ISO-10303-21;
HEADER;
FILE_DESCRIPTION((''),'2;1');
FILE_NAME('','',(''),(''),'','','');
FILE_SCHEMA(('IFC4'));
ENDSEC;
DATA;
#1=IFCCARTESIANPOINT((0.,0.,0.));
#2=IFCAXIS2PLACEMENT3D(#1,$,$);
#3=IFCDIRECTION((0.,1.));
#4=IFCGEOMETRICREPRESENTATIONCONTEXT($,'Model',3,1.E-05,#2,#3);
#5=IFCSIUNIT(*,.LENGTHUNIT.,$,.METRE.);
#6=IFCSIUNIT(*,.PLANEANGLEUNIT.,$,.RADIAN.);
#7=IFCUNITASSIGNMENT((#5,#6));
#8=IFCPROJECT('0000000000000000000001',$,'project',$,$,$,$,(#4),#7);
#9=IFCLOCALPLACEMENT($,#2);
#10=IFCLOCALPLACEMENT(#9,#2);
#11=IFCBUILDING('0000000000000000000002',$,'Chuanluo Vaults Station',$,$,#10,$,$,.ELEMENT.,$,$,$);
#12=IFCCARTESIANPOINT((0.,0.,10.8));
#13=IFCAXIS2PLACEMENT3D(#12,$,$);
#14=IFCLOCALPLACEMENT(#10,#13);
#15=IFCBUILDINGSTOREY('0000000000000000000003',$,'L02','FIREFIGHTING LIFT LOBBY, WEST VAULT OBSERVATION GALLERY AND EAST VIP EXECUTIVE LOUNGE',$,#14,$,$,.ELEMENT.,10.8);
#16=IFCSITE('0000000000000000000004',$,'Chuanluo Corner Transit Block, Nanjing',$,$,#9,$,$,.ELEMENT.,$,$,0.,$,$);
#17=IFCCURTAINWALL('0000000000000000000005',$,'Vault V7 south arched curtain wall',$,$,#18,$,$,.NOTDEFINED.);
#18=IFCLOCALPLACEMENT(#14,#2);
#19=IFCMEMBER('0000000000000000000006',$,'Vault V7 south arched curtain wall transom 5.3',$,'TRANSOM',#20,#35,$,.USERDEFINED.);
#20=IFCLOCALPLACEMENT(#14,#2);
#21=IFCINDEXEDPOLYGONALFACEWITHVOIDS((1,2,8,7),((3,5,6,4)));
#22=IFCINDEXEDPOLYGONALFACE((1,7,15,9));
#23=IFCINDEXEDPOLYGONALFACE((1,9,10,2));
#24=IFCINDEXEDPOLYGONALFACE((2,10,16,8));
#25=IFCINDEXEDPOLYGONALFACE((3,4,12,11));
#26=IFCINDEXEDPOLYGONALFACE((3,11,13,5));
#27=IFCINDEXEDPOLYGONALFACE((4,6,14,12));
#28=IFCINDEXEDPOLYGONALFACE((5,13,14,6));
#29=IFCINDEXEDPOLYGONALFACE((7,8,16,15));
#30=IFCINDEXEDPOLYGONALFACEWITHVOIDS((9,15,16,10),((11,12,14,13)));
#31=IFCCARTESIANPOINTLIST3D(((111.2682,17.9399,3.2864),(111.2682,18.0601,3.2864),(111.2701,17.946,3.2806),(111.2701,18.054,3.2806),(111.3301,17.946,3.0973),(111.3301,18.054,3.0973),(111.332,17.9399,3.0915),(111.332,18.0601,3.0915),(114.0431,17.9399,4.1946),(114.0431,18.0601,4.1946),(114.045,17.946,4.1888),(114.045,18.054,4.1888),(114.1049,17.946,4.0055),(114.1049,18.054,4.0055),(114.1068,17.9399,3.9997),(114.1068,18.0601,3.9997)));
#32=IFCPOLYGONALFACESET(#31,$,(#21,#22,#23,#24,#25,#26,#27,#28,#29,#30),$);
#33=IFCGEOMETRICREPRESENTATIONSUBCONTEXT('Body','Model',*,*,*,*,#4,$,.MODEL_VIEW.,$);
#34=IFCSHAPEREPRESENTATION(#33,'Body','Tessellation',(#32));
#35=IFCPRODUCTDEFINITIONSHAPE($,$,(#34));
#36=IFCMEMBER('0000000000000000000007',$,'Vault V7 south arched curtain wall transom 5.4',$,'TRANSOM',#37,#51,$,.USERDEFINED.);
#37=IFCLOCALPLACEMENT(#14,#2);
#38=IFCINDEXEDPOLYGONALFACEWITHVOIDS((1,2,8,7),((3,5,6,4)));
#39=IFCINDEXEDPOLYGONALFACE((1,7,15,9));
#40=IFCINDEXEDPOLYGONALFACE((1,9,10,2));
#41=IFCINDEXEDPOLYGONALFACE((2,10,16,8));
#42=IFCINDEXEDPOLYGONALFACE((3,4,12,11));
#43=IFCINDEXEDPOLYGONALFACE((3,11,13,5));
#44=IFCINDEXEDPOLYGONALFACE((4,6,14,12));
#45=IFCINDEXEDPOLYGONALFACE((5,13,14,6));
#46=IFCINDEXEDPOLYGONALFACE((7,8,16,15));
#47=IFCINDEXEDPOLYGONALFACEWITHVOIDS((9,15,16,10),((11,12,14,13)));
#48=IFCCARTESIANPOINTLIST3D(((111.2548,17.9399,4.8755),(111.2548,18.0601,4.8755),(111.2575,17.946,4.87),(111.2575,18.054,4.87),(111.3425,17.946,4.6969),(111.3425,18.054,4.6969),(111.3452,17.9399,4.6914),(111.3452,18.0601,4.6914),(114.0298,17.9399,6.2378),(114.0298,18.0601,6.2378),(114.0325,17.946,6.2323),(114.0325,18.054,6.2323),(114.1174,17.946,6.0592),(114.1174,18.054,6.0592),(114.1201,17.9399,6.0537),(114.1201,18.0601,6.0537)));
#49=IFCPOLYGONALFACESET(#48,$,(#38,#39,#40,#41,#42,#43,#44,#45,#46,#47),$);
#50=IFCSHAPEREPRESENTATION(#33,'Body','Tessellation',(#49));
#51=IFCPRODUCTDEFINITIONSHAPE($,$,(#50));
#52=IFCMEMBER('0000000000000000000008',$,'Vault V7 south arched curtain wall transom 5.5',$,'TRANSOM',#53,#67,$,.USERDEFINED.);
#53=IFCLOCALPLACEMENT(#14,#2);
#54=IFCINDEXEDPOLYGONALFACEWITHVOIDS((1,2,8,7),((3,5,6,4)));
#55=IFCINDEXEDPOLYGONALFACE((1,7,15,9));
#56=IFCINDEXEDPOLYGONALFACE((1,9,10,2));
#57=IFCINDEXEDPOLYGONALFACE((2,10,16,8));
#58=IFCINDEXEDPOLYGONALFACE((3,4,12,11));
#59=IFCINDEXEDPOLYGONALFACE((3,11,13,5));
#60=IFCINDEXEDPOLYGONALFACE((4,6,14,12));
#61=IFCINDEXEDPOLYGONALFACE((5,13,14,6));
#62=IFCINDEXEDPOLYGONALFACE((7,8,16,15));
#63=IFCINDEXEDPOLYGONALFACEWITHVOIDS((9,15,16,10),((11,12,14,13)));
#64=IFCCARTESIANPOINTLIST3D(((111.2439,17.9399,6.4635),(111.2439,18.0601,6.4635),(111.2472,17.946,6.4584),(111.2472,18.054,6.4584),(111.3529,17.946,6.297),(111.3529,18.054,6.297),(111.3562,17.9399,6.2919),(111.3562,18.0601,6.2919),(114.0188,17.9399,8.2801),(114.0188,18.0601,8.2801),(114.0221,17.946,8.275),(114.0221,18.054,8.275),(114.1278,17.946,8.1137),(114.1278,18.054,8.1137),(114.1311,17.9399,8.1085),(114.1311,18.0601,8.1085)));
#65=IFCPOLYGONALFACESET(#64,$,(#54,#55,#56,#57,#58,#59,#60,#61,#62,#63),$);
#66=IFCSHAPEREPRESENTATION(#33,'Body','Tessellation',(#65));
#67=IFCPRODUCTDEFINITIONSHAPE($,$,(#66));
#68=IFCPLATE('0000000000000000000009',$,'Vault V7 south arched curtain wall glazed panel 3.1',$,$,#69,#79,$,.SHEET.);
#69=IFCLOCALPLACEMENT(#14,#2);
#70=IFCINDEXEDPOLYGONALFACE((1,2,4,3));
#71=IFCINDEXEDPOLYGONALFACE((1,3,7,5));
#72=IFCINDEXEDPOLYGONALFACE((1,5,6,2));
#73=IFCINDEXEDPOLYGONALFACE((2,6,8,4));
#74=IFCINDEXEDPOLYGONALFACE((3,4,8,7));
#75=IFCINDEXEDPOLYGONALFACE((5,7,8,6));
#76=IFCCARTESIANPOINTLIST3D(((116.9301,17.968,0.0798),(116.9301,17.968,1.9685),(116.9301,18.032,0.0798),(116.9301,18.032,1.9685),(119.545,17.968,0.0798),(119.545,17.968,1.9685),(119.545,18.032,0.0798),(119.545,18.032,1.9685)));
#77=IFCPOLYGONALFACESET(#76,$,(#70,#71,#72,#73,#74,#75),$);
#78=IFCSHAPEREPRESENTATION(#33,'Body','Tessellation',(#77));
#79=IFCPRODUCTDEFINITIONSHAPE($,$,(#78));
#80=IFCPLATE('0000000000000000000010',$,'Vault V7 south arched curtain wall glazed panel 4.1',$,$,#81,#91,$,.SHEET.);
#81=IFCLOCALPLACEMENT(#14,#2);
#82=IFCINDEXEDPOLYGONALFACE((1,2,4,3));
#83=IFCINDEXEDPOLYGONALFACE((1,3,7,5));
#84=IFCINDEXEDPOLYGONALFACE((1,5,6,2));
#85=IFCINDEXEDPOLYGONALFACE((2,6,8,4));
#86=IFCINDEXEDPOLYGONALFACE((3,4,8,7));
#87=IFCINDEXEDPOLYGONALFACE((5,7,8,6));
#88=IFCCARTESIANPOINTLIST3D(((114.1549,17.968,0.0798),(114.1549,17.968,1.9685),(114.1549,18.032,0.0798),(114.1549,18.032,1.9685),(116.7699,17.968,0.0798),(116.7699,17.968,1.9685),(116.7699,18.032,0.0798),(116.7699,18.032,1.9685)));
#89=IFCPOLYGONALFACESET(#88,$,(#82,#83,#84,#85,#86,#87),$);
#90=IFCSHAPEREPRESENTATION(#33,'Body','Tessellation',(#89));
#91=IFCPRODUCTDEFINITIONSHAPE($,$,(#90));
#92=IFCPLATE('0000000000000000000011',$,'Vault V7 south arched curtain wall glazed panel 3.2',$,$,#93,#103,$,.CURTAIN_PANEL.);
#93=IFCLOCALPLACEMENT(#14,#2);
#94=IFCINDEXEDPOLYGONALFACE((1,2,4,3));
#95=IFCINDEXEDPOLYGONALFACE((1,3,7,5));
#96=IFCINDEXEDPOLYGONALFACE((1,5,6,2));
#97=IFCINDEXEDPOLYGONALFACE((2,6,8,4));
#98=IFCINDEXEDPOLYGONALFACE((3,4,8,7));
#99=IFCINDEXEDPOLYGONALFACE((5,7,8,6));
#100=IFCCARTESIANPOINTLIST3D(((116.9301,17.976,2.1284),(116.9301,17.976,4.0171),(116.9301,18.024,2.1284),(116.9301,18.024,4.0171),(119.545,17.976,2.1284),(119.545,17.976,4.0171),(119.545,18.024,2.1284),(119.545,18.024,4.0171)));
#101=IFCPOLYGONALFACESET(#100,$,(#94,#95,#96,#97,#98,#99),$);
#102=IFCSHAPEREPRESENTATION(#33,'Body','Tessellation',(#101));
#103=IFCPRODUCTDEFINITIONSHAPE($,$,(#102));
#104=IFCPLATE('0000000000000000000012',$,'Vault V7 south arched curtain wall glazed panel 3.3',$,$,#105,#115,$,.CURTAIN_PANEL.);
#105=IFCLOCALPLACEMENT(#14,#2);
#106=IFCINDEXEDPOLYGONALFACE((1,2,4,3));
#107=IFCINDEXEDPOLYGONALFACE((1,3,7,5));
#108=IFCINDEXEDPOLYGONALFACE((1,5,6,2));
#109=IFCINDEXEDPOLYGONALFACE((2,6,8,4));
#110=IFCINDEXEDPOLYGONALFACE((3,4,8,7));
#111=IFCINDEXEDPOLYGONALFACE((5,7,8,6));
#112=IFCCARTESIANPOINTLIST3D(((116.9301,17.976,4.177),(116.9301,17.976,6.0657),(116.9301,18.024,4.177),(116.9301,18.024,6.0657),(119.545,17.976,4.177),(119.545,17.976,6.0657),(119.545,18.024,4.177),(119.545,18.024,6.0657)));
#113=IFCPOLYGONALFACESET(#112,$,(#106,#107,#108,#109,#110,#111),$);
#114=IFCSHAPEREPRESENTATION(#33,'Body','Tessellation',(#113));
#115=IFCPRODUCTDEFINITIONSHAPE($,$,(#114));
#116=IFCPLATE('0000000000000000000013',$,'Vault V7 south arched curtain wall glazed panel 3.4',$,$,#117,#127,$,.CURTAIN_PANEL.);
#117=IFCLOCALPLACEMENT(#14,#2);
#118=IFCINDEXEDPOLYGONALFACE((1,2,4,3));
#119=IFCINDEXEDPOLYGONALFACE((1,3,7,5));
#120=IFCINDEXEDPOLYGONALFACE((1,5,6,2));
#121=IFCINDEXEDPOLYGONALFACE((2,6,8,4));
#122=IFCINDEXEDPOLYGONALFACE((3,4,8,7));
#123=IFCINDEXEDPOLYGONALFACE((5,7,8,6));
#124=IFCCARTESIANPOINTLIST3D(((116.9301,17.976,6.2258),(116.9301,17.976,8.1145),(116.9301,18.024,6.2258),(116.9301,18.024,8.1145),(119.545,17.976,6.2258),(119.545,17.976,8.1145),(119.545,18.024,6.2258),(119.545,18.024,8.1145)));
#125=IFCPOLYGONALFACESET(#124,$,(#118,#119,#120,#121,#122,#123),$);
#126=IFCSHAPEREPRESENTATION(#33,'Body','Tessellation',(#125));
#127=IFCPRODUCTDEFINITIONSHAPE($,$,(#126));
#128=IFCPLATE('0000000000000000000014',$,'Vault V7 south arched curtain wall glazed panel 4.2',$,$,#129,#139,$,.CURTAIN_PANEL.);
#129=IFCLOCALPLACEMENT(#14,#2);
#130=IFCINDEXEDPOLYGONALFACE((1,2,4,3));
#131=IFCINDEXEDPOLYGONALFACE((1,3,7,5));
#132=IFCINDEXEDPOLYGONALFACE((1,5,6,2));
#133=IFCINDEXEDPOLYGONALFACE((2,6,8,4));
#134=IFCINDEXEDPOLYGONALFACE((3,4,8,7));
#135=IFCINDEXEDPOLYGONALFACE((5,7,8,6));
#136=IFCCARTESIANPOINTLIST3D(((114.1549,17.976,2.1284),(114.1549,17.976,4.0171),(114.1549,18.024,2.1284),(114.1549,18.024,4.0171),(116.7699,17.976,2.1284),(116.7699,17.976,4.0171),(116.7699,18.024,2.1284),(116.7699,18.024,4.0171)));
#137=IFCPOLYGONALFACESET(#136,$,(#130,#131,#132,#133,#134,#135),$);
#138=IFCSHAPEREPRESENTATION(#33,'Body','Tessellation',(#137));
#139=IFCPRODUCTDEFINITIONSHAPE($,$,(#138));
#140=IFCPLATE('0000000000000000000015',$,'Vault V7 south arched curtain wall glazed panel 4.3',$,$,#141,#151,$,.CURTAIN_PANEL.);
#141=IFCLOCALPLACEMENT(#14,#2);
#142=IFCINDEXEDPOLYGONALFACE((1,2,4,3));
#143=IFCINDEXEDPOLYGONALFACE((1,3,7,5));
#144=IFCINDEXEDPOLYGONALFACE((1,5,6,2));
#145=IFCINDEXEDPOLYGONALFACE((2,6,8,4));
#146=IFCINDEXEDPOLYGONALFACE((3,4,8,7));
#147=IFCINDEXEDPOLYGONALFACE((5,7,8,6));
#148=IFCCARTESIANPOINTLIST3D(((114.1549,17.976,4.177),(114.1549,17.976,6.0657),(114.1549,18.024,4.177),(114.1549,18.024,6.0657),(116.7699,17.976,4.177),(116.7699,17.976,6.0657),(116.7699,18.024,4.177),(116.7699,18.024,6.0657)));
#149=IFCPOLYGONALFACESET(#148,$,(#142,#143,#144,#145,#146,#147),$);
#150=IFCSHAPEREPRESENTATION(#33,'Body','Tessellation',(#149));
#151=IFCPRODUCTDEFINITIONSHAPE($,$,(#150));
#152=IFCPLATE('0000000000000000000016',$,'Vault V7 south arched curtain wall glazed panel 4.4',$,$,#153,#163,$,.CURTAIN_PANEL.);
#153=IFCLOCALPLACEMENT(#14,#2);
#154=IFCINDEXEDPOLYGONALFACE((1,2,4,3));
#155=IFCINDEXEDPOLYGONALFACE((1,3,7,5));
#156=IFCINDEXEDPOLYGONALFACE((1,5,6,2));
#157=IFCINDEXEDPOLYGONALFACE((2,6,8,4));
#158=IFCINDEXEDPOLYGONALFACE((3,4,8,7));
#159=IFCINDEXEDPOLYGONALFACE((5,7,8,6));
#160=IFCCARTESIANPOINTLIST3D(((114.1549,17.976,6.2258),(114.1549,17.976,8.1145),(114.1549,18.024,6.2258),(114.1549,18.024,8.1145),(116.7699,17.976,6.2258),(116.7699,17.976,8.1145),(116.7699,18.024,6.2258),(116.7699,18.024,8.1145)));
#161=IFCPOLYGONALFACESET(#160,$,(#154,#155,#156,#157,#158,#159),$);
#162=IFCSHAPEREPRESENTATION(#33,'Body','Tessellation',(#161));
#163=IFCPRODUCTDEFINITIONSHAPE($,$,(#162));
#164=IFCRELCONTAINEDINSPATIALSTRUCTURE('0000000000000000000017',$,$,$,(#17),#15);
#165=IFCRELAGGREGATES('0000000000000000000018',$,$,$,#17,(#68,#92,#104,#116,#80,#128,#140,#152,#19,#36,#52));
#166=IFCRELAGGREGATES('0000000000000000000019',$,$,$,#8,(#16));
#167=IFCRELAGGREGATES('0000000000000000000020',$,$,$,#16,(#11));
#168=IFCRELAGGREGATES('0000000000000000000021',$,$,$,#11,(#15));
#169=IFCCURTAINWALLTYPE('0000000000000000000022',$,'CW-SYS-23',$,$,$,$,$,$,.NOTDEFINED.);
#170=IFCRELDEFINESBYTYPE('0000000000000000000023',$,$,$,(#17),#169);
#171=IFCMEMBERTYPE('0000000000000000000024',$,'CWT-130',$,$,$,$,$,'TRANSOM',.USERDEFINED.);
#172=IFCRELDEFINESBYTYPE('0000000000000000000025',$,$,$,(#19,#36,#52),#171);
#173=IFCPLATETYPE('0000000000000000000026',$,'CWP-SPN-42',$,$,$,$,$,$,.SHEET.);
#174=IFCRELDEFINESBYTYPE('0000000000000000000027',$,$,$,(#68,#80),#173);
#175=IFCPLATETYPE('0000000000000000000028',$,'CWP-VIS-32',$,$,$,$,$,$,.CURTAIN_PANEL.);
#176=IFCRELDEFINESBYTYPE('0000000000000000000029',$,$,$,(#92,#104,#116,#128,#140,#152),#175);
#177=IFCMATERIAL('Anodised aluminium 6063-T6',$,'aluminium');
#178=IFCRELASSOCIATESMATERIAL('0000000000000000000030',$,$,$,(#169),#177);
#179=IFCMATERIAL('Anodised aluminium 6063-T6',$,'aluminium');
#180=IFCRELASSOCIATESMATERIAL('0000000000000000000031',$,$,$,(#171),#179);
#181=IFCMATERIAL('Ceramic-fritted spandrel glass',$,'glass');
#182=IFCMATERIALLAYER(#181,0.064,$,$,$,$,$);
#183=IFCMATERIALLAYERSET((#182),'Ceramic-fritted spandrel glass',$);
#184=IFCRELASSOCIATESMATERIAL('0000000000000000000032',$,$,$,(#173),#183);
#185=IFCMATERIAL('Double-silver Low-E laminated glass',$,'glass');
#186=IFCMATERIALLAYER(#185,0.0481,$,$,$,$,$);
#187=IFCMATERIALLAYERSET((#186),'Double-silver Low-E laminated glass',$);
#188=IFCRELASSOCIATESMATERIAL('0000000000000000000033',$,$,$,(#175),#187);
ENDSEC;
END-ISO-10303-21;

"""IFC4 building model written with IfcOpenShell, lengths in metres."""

from ifc_helpers import new_model, si_unit, direction, frame, origin, origin_2d, place, context, subcontext, project, spatial, rectangle, hollow_rectangle, extrude, material, layer, layer_set, material_profile, profile_set, type_object, element, aggregate, save


model = new_model("IFC4")

# Units and contexts
model_context = context("Model", 3, precision=1e-05, world=origin(), true_north=direction((0.0, 1.0)))
body_context = subcontext(model_context, "Body", "Model", "MODEL_VIEW")
ifc_project = project(units=[si_unit("LENGTHUNIT", "METRE"), si_unit("PLANEANGLEUNIT", "RADIAN")], contexts=[model_context])

# Site, building, storey
site_placement = place(None, origin())
site = spatial("IfcSite", under=ifc_project, at=site_placement, Name="Chuanluo Corner Transit Block, Nanjing", CompositionType="ELEMENT", RefElevation=0.0)
building_placement = place(site_placement, origin())
building = spatial("IfcBuilding", under=site, at=building_placement, Name="Chuanluo Vaults Station", CompositionType="ELEMENT")
storey_placement = place(building_placement, frame((0.0, 0.0, 10.8)))
storey = spatial("IfcBuildingStorey", under=building, at=storey_placement, Name="L02", Description="FIREFIGHTING LIFT LOBBY, WEST VAULT OBSERVATION GALLERY AND EAST VIP EXECUTIVE LOUNGE", CompositionType="ELEMENT", Elevation=10.8)

# Curtain wall, members, plates
ifc_material_1 = material(Name="Anodised aluminium 6063-T6", Category="aluminium")
curtain_wall_type = type_object("IfcCurtainWallType", Name="CW-SYS-23", PredefinedType="NOTDEFINED", material=ifc_material_1)
curtain_wall_placement = place(storey_placement, origin())
curtain_wall = element("IfcCurtainWall", 1, at=curtain_wall_placement, inside=storey, type_object=curtain_wall_type, Name="Vault V7 south arched curtain wall", PredefinedType="NOTDEFINED")
ifc_material_2 = material(Name="Anodised aluminium 6063-T6", Category="aluminium")
ifc_material_profile_1 = material_profile(ifc_material_2, hollow_rectangle(XDim=0.1201, YDim=0.2051, WallThickness=0.0061, at=origin_2d()))
ifc_profile_set_1 = profile_set([ifc_material_profile_1], Name="Anodised aluminium 6063-T6")
member_type_1 = type_object("IfcMemberType", Name="CWT-130", ElementType="TRANSOM", PredefinedType="USERDEFINED", material=ifc_profile_set_1)
member_1_placement = place(storey_placement, frame((114.075, 18.0, 4.0972), z_axis=(-0.950392, 0.0, -0.311056), x_axis=(0.0, -1.0, 0.0)))
member_1 = element("IfcMember", 2, at=member_1_placement, type_object=member_type_1, Name="Vault V7 south arched curtain wall transom 5.3", ObjectType="TRANSOM", PredefinedType="USERDEFINED", context=body_context, shape_type="SweptSolid", body=[
    extrude(hollow_rectangle(XDim=0.1201, YDim=0.2051, WallThickness=0.0061, at=origin_2d()), origin(), (0.0, 0.0, 1.0), 2.9197),
])
member_2_placement = place(storey_placement, frame((114.075, 18.0, 6.1458), z_axis=(-0.897657, 0.0, -0.440694), x_axis=(0.0, -1.0, 0.0)))
member_2 = element("IfcMember", 3, at=member_2_placement, type_object=member_type_1, Name="Vault V7 south arched curtain wall transom 5.4", ObjectType="TRANSOM", PredefinedType="USERDEFINED", context=body_context, shape_type="SweptSolid", body=[
    extrude(hollow_rectangle(XDim=0.1201, YDim=0.2051, WallThickness=0.0061, at=origin_2d()), origin(), (0.0, 0.0, 1.0), 3.0913),
])
member_3_placement = place(storey_placement, frame((114.075, 18.0, 8.1943), z_axis=(-0.836653, 0.0, -0.547733), x_axis=(0.0, -1.0, 0.0)))
member_3 = element("IfcMember", 4, at=member_3_placement, type_object=member_type_1, Name="Vault V7 south arched curtain wall transom 5.5", ObjectType="TRANSOM", PredefinedType="USERDEFINED", context=body_context, shape_type="SweptSolid", body=[
    extrude(hollow_rectangle(XDim=0.1201, YDim=0.2051, WallThickness=0.0061, at=origin_2d()), origin(), (0.0, 0.0, 1.0), 3.3167),
])
ifc_material_3 = material(Name="Ceramic-fritted spandrel glass", Category="glass")
ifc_layer_1 = layer(ifc_material_3, 0.064)
ifc_layer_set_1 = layer_set([ifc_layer_1], Name="Ceramic-fritted spandrel glass")
plate_type_1 = type_object("IfcPlateType", Name="CWP-SPN-42", PredefinedType="SHEET", material=ifc_layer_set_1)
plate_1_placement = place(storey_placement, frame((118.2375, 18.0, 0.0798), z_axis=(0.0, 0.0, 1.0), x_axis=(-1.0, 0.0, 0.0)))
plate_1 = element("IfcPlate", 5, at=plate_1_placement, type_object=plate_type_1, Name="Vault V7 south arched curtain wall glazed panel 3.1", PredefinedType="SHEET", context=body_context, shape_type="SweptSolid", body=[
    extrude(rectangle(XDim=2.615, YDim=0.064, at=origin_2d()), origin(), (0.0, 0.0, 1.0), 1.8887),
])
plate_2_placement = place(storey_placement, frame((115.4624, 18.0, 0.0798), z_axis=(0.0, 0.0, 1.0), x_axis=(-1.0, 0.0, 0.0)))
plate_2 = element("IfcPlate", 6, at=plate_2_placement, type_object=plate_type_1, Name="Vault V7 south arched curtain wall glazed panel 4.1", PredefinedType="SHEET", context=body_context, shape_type="SweptSolid", body=[
    extrude(rectangle(XDim=2.615, YDim=0.064, at=origin_2d()), origin(), (0.0, 0.0, 1.0), 1.8887),
])
ifc_material_4 = material(Name="Double-silver Low-E laminated glass", Category="glass")
ifc_layer_2 = layer(ifc_material_4, 0.0481)
ifc_layer_set_2 = layer_set([ifc_layer_2], Name="Double-silver Low-E laminated glass")
plate_type_2 = type_object("IfcPlateType", Name="CWP-VIS-32", PredefinedType="CURTAIN_PANEL", material=ifc_layer_set_2)
plate_3_placement = place(storey_placement, frame((118.2375, 18.0, 2.1284), z_axis=(0.0, 0.0, 1.0), x_axis=(-1.0, 0.0, 0.0)))
plate_3 = element("IfcPlate", 7, at=plate_3_placement, type_object=plate_type_2, Name="Vault V7 south arched curtain wall glazed panel 3.2", PredefinedType="CURTAIN_PANEL", context=body_context, shape_type="SweptSolid", body=[
    extrude(rectangle(XDim=2.615, YDim=0.0481, at=origin_2d()), origin(), (0.0, 0.0, 1.0), 1.8887),
])
plate_4_placement = place(storey_placement, frame((118.2375, 18.0, 4.177), z_axis=(0.0, 0.0, 1.0), x_axis=(-1.0, 0.0, 0.0)))
plate_4 = element("IfcPlate", 8, at=plate_4_placement, type_object=plate_type_2, Name="Vault V7 south arched curtain wall glazed panel 3.3", PredefinedType="CURTAIN_PANEL", context=body_context, shape_type="SweptSolid", body=[
    extrude(rectangle(XDim=2.615, YDim=0.0481, at=origin_2d()), origin(), (0.0, 0.0, 1.0), 1.8887),
])
plate_5_placement = place(storey_placement, frame((118.2375, 18.0, 6.2258), z_axis=(0.0, 0.0, 1.0), x_axis=(-1.0, 0.0, 0.0)))
plate_5 = element("IfcPlate", 9, at=plate_5_placement, type_object=plate_type_2, Name="Vault V7 south arched curtain wall glazed panel 3.4", PredefinedType="CURTAIN_PANEL", context=body_context, shape_type="SweptSolid", body=[
    extrude(rectangle(XDim=2.615, YDim=0.0481, at=origin_2d()), origin(), (0.0, 0.0, 1.0), 1.8887),
])
plate_6_placement = place(storey_placement, frame((115.4624, 18.0, 2.1284), z_axis=(0.0, 0.0, 1.0), x_axis=(-1.0, 0.0, 0.0)))
plate_6 = element("IfcPlate", 10, at=plate_6_placement, type_object=plate_type_2, Name="Vault V7 south arched curtain wall glazed panel 4.2", PredefinedType="CURTAIN_PANEL", context=body_context, shape_type="SweptSolid", body=[
    extrude(rectangle(XDim=2.615, YDim=0.0481, at=origin_2d()), origin(), (0.0, 0.0, 1.0), 1.8887),
])
plate_7_placement = place(storey_placement, frame((115.4624, 18.0, 4.177), z_axis=(0.0, 0.0, 1.0), x_axis=(-1.0, 0.0, 0.0)))
plate_7 = element("IfcPlate", 11, at=plate_7_placement, type_object=plate_type_2, Name="Vault V7 south arched curtain wall glazed panel 4.3", PredefinedType="CURTAIN_PANEL", context=body_context, shape_type="SweptSolid", body=[
    extrude(rectangle(XDim=2.615, YDim=0.0481, at=origin_2d()), origin(), (0.0, 0.0, 1.0), 1.8887),
])
plate_8_placement = place(storey_placement, frame((115.4624, 18.0, 6.2258), z_axis=(0.0, 0.0, 1.0), x_axis=(-1.0, 0.0, 0.0)))
plate_8 = element("IfcPlate", 12, at=plate_8_placement, type_object=plate_type_2, Name="Vault V7 south arched curtain wall glazed panel 4.4", PredefinedType="CURTAIN_PANEL", context=body_context, shape_type="SweptSolid", body=[
    extrude(rectangle(XDim=2.615, YDim=0.0481, at=origin_2d()), origin(), (0.0, 0.0, 1.0), 1.8887),
])
aggregate(curtain_wall, [plate_1, plate_3, plate_4, plate_5, plate_2, plate_6, plate_7, plate_8, member_1, member_2, member_3])

save(model, "model.ifc")
